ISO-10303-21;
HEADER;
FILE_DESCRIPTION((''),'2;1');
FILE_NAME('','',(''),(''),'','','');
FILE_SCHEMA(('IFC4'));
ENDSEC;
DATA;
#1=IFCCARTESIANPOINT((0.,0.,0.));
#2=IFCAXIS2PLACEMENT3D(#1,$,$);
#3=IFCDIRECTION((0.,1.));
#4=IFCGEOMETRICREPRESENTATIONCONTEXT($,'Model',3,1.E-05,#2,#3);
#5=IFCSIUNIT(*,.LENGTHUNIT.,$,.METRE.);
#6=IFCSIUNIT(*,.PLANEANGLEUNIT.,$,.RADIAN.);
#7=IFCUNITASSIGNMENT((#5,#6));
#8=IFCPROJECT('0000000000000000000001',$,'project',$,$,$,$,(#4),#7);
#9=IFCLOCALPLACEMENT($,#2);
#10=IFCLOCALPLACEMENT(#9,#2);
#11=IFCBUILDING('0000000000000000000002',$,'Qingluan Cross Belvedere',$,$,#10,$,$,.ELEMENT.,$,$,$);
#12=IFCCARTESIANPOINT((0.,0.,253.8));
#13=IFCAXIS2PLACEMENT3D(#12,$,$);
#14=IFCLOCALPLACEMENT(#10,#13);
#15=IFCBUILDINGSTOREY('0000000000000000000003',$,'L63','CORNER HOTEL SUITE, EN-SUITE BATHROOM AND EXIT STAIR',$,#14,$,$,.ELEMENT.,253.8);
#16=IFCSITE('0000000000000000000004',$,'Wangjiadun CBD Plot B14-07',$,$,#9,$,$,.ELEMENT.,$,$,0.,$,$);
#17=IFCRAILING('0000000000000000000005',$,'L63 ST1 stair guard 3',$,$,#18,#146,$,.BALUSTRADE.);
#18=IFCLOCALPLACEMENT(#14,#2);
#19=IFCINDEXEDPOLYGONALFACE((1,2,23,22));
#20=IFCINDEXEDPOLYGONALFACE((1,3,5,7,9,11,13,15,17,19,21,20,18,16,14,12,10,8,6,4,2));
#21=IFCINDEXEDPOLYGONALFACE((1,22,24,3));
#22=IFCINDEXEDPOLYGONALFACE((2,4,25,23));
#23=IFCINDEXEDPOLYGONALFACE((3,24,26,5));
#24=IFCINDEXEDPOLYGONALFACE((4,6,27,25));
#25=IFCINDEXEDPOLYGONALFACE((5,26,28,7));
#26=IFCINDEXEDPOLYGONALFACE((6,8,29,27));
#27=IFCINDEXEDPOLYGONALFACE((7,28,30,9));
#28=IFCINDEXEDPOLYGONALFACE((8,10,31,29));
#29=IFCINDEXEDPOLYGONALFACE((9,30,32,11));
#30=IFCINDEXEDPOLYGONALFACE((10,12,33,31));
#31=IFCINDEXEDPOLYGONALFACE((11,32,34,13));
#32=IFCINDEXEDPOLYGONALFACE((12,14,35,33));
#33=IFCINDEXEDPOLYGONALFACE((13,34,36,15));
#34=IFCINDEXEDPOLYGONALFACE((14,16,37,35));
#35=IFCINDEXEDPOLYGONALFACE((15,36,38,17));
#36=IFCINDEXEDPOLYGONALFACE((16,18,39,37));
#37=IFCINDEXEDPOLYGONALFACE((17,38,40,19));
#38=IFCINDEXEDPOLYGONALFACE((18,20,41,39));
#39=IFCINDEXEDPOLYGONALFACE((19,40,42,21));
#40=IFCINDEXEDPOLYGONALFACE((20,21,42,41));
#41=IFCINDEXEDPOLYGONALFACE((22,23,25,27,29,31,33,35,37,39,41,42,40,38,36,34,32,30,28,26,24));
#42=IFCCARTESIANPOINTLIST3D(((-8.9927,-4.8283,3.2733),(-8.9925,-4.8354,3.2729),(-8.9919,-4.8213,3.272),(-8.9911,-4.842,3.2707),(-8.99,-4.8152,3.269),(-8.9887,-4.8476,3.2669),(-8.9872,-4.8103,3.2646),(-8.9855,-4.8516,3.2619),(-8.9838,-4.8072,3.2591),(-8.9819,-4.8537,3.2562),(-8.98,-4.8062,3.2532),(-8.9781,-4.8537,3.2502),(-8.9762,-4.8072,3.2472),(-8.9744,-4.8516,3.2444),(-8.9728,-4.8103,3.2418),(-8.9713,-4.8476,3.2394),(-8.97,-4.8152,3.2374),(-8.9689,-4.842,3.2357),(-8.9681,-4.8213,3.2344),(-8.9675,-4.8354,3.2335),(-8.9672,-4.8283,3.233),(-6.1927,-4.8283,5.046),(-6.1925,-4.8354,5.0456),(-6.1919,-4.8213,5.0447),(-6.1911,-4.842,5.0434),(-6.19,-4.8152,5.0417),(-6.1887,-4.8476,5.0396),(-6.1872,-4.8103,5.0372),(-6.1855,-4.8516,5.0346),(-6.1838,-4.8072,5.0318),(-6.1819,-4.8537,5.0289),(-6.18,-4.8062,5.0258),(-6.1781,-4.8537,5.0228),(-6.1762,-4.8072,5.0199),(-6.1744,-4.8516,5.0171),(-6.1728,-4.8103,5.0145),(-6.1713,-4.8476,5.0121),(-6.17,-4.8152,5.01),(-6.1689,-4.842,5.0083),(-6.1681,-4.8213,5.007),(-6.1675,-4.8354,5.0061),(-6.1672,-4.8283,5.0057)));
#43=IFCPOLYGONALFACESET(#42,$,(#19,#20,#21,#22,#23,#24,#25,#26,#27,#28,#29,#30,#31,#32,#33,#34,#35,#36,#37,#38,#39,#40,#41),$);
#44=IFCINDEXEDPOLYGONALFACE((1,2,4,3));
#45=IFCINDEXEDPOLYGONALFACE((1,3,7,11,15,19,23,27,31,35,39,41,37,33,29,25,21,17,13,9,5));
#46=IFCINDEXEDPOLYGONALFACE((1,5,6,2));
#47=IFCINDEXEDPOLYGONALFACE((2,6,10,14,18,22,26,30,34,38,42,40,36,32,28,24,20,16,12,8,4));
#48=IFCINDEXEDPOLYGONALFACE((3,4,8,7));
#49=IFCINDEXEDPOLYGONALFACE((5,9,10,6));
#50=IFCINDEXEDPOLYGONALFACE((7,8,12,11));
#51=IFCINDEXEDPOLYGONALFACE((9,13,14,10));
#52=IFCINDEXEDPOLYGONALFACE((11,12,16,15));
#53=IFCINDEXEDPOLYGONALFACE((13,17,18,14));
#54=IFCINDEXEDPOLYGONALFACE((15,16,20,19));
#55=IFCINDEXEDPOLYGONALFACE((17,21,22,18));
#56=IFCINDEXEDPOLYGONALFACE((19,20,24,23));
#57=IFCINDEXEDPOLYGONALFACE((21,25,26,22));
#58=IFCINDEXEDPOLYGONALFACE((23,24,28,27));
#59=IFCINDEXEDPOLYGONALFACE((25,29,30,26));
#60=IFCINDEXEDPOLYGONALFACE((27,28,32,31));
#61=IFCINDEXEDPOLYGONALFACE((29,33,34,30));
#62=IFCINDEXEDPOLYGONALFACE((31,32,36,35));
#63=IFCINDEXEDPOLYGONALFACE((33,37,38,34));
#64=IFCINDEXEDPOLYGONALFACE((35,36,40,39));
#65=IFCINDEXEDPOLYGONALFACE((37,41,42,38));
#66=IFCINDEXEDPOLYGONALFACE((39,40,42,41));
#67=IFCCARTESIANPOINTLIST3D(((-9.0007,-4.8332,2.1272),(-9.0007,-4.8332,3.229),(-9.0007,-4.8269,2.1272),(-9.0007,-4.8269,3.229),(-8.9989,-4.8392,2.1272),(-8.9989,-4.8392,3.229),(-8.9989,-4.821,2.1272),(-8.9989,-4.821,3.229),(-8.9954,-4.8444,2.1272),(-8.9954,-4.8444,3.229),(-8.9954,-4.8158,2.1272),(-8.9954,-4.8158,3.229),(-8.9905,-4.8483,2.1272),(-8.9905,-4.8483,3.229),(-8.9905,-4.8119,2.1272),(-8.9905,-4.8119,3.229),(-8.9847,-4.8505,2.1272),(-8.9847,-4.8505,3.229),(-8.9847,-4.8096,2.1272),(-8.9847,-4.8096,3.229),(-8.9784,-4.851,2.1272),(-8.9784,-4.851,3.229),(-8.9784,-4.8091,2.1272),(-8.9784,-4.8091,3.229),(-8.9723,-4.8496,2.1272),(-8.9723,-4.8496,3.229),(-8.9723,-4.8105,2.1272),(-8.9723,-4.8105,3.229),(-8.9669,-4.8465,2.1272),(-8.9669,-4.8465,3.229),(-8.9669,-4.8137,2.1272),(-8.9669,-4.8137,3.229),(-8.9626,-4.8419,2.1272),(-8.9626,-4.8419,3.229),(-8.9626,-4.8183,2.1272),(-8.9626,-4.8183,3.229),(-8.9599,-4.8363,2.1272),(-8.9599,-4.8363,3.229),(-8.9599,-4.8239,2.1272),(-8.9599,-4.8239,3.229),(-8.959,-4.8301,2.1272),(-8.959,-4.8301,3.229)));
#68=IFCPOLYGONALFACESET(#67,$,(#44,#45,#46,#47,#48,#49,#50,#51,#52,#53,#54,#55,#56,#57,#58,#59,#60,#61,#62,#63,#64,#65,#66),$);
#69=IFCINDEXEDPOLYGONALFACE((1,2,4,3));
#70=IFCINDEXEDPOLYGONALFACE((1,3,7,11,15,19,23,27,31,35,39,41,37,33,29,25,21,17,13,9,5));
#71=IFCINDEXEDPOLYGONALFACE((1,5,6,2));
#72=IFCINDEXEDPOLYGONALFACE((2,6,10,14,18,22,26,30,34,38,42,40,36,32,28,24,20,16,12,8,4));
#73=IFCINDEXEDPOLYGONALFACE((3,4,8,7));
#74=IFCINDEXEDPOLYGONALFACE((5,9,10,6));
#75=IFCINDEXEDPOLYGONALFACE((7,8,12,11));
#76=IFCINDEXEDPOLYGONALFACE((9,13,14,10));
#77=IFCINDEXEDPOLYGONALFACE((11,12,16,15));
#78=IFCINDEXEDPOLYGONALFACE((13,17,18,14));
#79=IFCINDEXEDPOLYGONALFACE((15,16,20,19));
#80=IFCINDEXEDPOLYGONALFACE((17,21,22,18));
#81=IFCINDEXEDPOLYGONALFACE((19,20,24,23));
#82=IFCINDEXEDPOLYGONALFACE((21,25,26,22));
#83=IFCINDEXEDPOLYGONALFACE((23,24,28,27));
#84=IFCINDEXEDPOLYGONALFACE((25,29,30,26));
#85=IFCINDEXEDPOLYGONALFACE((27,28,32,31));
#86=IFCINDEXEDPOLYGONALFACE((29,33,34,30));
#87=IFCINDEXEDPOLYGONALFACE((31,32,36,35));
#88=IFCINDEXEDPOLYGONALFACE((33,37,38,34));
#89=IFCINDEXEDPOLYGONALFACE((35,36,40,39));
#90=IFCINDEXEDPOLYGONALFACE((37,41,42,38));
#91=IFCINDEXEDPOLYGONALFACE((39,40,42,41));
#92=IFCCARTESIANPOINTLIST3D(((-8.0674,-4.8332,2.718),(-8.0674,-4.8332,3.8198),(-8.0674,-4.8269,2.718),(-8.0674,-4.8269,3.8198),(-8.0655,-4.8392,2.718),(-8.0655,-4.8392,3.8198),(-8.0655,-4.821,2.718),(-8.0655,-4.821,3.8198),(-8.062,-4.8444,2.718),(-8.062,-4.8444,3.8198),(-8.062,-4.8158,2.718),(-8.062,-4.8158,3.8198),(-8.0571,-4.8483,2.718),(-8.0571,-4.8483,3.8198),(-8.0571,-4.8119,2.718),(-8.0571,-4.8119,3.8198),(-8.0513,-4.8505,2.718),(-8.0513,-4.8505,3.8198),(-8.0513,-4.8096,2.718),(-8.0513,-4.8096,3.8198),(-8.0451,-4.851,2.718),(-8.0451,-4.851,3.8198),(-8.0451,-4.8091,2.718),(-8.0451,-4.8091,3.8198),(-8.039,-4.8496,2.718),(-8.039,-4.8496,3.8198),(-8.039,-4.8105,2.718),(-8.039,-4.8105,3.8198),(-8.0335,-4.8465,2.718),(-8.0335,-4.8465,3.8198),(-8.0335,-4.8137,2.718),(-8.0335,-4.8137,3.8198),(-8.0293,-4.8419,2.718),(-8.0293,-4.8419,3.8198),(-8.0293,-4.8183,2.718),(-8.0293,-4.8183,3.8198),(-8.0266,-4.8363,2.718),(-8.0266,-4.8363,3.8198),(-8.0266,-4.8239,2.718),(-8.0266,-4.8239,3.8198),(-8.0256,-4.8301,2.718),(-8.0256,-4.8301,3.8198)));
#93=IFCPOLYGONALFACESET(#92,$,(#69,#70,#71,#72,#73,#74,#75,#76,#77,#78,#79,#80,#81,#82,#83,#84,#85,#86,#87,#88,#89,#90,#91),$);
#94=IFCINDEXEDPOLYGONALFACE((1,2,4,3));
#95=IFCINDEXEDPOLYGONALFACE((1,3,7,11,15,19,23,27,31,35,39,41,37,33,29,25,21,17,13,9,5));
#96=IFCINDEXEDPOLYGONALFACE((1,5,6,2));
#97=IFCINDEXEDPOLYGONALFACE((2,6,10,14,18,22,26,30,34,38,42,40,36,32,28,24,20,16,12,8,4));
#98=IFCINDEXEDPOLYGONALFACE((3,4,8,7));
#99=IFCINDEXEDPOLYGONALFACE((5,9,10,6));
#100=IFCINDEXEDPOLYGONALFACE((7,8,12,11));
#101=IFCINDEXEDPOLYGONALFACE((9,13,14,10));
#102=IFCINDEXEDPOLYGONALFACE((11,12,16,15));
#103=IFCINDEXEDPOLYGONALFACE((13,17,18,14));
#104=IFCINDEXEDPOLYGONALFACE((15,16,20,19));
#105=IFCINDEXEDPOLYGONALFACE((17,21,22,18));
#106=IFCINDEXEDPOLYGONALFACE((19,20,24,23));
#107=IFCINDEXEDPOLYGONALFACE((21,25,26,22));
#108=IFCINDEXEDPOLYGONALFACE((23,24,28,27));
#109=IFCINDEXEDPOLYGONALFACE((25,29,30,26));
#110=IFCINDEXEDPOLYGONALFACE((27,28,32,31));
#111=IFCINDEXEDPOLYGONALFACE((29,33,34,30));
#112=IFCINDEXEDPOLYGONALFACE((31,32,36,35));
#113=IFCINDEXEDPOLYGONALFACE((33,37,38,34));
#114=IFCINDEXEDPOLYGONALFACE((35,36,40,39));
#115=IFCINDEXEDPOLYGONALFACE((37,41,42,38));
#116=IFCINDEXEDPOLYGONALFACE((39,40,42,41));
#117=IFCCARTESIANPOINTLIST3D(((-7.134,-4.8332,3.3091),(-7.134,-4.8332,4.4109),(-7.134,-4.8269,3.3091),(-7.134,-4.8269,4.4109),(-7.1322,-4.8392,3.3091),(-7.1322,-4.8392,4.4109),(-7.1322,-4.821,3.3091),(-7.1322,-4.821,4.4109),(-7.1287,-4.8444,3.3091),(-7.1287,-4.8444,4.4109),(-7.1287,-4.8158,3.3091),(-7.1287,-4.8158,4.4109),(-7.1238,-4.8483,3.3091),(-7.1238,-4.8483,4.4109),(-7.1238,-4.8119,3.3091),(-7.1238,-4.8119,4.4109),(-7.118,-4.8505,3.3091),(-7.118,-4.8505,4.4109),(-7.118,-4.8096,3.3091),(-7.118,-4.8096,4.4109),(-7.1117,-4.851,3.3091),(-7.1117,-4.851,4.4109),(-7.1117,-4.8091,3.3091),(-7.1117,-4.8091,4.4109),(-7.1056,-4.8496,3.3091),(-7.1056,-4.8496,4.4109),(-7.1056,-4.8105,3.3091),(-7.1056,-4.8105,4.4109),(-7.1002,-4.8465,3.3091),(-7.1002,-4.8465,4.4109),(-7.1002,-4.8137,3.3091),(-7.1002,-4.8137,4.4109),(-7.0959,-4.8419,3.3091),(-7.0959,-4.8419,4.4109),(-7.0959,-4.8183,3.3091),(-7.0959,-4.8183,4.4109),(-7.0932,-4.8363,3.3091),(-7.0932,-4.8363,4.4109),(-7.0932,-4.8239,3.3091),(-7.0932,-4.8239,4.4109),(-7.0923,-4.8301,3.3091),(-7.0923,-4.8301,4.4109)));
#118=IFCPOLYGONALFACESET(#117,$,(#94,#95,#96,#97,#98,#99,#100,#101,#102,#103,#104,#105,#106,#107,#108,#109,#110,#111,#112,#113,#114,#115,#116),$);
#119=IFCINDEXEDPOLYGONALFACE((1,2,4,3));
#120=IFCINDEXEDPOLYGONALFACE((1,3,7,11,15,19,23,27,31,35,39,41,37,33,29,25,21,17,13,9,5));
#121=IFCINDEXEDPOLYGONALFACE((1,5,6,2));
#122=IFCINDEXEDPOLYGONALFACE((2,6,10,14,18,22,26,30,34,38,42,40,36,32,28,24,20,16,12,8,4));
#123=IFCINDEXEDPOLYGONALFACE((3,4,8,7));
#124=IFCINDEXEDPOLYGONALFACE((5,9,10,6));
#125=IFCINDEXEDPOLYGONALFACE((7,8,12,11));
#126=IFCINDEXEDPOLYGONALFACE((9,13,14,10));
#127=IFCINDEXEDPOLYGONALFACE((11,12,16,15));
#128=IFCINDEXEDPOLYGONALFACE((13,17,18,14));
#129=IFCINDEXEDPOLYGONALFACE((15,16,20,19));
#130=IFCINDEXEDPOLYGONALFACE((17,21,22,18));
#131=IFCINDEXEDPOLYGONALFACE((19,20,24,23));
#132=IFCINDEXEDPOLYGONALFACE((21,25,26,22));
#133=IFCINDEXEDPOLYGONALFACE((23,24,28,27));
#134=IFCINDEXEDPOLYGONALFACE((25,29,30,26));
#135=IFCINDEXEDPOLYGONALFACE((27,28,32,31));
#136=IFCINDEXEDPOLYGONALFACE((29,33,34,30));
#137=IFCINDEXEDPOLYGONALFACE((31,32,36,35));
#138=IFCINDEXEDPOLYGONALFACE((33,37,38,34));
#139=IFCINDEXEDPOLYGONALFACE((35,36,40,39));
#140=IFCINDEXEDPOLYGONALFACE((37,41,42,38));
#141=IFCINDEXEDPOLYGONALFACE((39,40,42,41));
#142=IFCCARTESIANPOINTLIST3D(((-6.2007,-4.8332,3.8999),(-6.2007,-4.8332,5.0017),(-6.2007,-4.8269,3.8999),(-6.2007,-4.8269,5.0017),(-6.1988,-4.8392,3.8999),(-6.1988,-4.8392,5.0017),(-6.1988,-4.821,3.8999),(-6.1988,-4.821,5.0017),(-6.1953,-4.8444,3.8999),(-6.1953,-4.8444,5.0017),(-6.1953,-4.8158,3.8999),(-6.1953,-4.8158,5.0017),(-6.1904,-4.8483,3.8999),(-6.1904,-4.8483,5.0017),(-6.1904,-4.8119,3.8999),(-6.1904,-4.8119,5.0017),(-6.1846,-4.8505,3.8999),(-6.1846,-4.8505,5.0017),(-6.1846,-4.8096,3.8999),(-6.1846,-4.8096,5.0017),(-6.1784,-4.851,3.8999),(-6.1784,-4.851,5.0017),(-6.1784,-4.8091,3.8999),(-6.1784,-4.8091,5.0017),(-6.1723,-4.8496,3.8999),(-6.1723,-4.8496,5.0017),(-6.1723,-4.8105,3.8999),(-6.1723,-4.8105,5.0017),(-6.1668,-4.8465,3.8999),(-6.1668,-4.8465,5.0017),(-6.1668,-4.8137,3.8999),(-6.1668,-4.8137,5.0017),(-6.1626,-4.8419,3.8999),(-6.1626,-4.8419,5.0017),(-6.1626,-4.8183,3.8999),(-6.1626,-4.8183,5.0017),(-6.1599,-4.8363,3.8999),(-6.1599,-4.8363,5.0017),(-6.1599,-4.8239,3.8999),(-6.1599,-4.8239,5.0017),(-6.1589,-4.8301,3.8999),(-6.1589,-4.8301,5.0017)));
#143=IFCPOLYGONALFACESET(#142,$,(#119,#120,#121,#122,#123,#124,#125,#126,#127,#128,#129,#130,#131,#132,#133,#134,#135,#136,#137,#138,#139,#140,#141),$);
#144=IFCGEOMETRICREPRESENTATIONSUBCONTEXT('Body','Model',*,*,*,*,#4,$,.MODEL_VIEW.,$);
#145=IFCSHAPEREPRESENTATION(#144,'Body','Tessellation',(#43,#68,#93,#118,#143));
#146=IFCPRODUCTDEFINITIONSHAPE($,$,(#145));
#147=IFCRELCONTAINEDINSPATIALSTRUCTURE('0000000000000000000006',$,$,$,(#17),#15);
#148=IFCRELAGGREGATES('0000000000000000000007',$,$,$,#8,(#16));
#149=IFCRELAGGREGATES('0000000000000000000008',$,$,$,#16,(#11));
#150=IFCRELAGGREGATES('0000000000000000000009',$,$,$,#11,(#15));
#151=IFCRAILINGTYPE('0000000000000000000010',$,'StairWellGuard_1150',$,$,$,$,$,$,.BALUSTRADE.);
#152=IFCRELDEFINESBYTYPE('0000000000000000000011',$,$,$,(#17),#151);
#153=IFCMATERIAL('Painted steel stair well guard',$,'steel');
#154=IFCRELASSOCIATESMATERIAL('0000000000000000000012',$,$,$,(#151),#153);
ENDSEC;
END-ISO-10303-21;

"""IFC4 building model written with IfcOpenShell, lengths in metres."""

from ifc_helpers import new_model, si_unit, direction, frame, origin, origin_2d, place, context, subcontext, project, spatial, circle, extrude, material, type_object, element, save


model = new_model("IFC4")

# Units and contexts
model_context = context("Model", 3, precision=1e-05, world=origin(), true_north=direction((0.0, 1.0)))
body_context = subcontext(model_context, "Body", "Model", "MODEL_VIEW")
ifc_project = project(units=[si_unit("LENGTHUNIT", "METRE"), si_unit("PLANEANGLEUNIT", "RADIAN")], contexts=[model_context])

# Site, building, storey
site_placement = place(None, origin())
site = spatial("IfcSite", under=ifc_project, at=site_placement, Name="Wangjiadun CBD Plot B14-07", CompositionType="ELEMENT", RefElevation=0.0)
building_placement = place(site_placement, origin())
building = spatial("IfcBuilding", under=site, at=building_placement, Name="Qingluan Cross Belvedere", CompositionType="ELEMENT")
storey_placement = place(building_placement, frame((0.0, 0.0, 253.8)))
storey = spatial("IfcBuildingStorey", under=building, at=storey_placement, Name="L63", Description="CORNER HOTEL SUITE, EN-SUITE BATHROOM AND EXIT STAIR", CompositionType="ELEMENT", Elevation=253.8)

# Railing
ifc_material_1 = material(Name="Painted steel stair well guard", Category="steel")
railing_type_1 = type_object("IfcRailingType", Name="StairWellGuard_1150", PredefinedType="BALUSTRADE", material=ifc_material_1)
railing_1_placement = place(storey_placement, frame((-8.98, -4.8301, 2.1272)))
element("IfcRailing", 1, at=railing_1_placement, inside=storey, type_object=railing_type_1, Name="L63 ST1 stair guard 3", PredefinedType="BALUSTRADE", context=body_context, shape_type="SweptSolid", body=[
    extrude(circle(Radius=0.0239, at=origin_2d()), frame((0.0, 0.0, 1.126), z_axis=(0.844909, 0.0, 0.53491), x_axis=(0.0, 1.0, 0.0)), (0.0, 0.0, 1.0), 3.314),
    extrude(circle(Radius=0.021, at=origin_2d()), origin(), (0.0, 0.0, 1.0), 1.1018),
    extrude(circle(Radius=0.021, at=origin_2d()), frame((0.9333, 0.0, 0.5908)), (0.0, 0.0, 1.0), 1.1018),
    extrude(circle(Radius=0.021, at=origin_2d()), frame((1.8667, 0.0, 1.1819)), (0.0, 0.0, 1.0), 1.1018),
    extrude(circle(Radius=0.021, at=origin_2d()), frame((2.8, 0.0, 1.7727)), (0.0, 0.0, 1.0), 1.1018),
])

save(model, "model.ifc")
